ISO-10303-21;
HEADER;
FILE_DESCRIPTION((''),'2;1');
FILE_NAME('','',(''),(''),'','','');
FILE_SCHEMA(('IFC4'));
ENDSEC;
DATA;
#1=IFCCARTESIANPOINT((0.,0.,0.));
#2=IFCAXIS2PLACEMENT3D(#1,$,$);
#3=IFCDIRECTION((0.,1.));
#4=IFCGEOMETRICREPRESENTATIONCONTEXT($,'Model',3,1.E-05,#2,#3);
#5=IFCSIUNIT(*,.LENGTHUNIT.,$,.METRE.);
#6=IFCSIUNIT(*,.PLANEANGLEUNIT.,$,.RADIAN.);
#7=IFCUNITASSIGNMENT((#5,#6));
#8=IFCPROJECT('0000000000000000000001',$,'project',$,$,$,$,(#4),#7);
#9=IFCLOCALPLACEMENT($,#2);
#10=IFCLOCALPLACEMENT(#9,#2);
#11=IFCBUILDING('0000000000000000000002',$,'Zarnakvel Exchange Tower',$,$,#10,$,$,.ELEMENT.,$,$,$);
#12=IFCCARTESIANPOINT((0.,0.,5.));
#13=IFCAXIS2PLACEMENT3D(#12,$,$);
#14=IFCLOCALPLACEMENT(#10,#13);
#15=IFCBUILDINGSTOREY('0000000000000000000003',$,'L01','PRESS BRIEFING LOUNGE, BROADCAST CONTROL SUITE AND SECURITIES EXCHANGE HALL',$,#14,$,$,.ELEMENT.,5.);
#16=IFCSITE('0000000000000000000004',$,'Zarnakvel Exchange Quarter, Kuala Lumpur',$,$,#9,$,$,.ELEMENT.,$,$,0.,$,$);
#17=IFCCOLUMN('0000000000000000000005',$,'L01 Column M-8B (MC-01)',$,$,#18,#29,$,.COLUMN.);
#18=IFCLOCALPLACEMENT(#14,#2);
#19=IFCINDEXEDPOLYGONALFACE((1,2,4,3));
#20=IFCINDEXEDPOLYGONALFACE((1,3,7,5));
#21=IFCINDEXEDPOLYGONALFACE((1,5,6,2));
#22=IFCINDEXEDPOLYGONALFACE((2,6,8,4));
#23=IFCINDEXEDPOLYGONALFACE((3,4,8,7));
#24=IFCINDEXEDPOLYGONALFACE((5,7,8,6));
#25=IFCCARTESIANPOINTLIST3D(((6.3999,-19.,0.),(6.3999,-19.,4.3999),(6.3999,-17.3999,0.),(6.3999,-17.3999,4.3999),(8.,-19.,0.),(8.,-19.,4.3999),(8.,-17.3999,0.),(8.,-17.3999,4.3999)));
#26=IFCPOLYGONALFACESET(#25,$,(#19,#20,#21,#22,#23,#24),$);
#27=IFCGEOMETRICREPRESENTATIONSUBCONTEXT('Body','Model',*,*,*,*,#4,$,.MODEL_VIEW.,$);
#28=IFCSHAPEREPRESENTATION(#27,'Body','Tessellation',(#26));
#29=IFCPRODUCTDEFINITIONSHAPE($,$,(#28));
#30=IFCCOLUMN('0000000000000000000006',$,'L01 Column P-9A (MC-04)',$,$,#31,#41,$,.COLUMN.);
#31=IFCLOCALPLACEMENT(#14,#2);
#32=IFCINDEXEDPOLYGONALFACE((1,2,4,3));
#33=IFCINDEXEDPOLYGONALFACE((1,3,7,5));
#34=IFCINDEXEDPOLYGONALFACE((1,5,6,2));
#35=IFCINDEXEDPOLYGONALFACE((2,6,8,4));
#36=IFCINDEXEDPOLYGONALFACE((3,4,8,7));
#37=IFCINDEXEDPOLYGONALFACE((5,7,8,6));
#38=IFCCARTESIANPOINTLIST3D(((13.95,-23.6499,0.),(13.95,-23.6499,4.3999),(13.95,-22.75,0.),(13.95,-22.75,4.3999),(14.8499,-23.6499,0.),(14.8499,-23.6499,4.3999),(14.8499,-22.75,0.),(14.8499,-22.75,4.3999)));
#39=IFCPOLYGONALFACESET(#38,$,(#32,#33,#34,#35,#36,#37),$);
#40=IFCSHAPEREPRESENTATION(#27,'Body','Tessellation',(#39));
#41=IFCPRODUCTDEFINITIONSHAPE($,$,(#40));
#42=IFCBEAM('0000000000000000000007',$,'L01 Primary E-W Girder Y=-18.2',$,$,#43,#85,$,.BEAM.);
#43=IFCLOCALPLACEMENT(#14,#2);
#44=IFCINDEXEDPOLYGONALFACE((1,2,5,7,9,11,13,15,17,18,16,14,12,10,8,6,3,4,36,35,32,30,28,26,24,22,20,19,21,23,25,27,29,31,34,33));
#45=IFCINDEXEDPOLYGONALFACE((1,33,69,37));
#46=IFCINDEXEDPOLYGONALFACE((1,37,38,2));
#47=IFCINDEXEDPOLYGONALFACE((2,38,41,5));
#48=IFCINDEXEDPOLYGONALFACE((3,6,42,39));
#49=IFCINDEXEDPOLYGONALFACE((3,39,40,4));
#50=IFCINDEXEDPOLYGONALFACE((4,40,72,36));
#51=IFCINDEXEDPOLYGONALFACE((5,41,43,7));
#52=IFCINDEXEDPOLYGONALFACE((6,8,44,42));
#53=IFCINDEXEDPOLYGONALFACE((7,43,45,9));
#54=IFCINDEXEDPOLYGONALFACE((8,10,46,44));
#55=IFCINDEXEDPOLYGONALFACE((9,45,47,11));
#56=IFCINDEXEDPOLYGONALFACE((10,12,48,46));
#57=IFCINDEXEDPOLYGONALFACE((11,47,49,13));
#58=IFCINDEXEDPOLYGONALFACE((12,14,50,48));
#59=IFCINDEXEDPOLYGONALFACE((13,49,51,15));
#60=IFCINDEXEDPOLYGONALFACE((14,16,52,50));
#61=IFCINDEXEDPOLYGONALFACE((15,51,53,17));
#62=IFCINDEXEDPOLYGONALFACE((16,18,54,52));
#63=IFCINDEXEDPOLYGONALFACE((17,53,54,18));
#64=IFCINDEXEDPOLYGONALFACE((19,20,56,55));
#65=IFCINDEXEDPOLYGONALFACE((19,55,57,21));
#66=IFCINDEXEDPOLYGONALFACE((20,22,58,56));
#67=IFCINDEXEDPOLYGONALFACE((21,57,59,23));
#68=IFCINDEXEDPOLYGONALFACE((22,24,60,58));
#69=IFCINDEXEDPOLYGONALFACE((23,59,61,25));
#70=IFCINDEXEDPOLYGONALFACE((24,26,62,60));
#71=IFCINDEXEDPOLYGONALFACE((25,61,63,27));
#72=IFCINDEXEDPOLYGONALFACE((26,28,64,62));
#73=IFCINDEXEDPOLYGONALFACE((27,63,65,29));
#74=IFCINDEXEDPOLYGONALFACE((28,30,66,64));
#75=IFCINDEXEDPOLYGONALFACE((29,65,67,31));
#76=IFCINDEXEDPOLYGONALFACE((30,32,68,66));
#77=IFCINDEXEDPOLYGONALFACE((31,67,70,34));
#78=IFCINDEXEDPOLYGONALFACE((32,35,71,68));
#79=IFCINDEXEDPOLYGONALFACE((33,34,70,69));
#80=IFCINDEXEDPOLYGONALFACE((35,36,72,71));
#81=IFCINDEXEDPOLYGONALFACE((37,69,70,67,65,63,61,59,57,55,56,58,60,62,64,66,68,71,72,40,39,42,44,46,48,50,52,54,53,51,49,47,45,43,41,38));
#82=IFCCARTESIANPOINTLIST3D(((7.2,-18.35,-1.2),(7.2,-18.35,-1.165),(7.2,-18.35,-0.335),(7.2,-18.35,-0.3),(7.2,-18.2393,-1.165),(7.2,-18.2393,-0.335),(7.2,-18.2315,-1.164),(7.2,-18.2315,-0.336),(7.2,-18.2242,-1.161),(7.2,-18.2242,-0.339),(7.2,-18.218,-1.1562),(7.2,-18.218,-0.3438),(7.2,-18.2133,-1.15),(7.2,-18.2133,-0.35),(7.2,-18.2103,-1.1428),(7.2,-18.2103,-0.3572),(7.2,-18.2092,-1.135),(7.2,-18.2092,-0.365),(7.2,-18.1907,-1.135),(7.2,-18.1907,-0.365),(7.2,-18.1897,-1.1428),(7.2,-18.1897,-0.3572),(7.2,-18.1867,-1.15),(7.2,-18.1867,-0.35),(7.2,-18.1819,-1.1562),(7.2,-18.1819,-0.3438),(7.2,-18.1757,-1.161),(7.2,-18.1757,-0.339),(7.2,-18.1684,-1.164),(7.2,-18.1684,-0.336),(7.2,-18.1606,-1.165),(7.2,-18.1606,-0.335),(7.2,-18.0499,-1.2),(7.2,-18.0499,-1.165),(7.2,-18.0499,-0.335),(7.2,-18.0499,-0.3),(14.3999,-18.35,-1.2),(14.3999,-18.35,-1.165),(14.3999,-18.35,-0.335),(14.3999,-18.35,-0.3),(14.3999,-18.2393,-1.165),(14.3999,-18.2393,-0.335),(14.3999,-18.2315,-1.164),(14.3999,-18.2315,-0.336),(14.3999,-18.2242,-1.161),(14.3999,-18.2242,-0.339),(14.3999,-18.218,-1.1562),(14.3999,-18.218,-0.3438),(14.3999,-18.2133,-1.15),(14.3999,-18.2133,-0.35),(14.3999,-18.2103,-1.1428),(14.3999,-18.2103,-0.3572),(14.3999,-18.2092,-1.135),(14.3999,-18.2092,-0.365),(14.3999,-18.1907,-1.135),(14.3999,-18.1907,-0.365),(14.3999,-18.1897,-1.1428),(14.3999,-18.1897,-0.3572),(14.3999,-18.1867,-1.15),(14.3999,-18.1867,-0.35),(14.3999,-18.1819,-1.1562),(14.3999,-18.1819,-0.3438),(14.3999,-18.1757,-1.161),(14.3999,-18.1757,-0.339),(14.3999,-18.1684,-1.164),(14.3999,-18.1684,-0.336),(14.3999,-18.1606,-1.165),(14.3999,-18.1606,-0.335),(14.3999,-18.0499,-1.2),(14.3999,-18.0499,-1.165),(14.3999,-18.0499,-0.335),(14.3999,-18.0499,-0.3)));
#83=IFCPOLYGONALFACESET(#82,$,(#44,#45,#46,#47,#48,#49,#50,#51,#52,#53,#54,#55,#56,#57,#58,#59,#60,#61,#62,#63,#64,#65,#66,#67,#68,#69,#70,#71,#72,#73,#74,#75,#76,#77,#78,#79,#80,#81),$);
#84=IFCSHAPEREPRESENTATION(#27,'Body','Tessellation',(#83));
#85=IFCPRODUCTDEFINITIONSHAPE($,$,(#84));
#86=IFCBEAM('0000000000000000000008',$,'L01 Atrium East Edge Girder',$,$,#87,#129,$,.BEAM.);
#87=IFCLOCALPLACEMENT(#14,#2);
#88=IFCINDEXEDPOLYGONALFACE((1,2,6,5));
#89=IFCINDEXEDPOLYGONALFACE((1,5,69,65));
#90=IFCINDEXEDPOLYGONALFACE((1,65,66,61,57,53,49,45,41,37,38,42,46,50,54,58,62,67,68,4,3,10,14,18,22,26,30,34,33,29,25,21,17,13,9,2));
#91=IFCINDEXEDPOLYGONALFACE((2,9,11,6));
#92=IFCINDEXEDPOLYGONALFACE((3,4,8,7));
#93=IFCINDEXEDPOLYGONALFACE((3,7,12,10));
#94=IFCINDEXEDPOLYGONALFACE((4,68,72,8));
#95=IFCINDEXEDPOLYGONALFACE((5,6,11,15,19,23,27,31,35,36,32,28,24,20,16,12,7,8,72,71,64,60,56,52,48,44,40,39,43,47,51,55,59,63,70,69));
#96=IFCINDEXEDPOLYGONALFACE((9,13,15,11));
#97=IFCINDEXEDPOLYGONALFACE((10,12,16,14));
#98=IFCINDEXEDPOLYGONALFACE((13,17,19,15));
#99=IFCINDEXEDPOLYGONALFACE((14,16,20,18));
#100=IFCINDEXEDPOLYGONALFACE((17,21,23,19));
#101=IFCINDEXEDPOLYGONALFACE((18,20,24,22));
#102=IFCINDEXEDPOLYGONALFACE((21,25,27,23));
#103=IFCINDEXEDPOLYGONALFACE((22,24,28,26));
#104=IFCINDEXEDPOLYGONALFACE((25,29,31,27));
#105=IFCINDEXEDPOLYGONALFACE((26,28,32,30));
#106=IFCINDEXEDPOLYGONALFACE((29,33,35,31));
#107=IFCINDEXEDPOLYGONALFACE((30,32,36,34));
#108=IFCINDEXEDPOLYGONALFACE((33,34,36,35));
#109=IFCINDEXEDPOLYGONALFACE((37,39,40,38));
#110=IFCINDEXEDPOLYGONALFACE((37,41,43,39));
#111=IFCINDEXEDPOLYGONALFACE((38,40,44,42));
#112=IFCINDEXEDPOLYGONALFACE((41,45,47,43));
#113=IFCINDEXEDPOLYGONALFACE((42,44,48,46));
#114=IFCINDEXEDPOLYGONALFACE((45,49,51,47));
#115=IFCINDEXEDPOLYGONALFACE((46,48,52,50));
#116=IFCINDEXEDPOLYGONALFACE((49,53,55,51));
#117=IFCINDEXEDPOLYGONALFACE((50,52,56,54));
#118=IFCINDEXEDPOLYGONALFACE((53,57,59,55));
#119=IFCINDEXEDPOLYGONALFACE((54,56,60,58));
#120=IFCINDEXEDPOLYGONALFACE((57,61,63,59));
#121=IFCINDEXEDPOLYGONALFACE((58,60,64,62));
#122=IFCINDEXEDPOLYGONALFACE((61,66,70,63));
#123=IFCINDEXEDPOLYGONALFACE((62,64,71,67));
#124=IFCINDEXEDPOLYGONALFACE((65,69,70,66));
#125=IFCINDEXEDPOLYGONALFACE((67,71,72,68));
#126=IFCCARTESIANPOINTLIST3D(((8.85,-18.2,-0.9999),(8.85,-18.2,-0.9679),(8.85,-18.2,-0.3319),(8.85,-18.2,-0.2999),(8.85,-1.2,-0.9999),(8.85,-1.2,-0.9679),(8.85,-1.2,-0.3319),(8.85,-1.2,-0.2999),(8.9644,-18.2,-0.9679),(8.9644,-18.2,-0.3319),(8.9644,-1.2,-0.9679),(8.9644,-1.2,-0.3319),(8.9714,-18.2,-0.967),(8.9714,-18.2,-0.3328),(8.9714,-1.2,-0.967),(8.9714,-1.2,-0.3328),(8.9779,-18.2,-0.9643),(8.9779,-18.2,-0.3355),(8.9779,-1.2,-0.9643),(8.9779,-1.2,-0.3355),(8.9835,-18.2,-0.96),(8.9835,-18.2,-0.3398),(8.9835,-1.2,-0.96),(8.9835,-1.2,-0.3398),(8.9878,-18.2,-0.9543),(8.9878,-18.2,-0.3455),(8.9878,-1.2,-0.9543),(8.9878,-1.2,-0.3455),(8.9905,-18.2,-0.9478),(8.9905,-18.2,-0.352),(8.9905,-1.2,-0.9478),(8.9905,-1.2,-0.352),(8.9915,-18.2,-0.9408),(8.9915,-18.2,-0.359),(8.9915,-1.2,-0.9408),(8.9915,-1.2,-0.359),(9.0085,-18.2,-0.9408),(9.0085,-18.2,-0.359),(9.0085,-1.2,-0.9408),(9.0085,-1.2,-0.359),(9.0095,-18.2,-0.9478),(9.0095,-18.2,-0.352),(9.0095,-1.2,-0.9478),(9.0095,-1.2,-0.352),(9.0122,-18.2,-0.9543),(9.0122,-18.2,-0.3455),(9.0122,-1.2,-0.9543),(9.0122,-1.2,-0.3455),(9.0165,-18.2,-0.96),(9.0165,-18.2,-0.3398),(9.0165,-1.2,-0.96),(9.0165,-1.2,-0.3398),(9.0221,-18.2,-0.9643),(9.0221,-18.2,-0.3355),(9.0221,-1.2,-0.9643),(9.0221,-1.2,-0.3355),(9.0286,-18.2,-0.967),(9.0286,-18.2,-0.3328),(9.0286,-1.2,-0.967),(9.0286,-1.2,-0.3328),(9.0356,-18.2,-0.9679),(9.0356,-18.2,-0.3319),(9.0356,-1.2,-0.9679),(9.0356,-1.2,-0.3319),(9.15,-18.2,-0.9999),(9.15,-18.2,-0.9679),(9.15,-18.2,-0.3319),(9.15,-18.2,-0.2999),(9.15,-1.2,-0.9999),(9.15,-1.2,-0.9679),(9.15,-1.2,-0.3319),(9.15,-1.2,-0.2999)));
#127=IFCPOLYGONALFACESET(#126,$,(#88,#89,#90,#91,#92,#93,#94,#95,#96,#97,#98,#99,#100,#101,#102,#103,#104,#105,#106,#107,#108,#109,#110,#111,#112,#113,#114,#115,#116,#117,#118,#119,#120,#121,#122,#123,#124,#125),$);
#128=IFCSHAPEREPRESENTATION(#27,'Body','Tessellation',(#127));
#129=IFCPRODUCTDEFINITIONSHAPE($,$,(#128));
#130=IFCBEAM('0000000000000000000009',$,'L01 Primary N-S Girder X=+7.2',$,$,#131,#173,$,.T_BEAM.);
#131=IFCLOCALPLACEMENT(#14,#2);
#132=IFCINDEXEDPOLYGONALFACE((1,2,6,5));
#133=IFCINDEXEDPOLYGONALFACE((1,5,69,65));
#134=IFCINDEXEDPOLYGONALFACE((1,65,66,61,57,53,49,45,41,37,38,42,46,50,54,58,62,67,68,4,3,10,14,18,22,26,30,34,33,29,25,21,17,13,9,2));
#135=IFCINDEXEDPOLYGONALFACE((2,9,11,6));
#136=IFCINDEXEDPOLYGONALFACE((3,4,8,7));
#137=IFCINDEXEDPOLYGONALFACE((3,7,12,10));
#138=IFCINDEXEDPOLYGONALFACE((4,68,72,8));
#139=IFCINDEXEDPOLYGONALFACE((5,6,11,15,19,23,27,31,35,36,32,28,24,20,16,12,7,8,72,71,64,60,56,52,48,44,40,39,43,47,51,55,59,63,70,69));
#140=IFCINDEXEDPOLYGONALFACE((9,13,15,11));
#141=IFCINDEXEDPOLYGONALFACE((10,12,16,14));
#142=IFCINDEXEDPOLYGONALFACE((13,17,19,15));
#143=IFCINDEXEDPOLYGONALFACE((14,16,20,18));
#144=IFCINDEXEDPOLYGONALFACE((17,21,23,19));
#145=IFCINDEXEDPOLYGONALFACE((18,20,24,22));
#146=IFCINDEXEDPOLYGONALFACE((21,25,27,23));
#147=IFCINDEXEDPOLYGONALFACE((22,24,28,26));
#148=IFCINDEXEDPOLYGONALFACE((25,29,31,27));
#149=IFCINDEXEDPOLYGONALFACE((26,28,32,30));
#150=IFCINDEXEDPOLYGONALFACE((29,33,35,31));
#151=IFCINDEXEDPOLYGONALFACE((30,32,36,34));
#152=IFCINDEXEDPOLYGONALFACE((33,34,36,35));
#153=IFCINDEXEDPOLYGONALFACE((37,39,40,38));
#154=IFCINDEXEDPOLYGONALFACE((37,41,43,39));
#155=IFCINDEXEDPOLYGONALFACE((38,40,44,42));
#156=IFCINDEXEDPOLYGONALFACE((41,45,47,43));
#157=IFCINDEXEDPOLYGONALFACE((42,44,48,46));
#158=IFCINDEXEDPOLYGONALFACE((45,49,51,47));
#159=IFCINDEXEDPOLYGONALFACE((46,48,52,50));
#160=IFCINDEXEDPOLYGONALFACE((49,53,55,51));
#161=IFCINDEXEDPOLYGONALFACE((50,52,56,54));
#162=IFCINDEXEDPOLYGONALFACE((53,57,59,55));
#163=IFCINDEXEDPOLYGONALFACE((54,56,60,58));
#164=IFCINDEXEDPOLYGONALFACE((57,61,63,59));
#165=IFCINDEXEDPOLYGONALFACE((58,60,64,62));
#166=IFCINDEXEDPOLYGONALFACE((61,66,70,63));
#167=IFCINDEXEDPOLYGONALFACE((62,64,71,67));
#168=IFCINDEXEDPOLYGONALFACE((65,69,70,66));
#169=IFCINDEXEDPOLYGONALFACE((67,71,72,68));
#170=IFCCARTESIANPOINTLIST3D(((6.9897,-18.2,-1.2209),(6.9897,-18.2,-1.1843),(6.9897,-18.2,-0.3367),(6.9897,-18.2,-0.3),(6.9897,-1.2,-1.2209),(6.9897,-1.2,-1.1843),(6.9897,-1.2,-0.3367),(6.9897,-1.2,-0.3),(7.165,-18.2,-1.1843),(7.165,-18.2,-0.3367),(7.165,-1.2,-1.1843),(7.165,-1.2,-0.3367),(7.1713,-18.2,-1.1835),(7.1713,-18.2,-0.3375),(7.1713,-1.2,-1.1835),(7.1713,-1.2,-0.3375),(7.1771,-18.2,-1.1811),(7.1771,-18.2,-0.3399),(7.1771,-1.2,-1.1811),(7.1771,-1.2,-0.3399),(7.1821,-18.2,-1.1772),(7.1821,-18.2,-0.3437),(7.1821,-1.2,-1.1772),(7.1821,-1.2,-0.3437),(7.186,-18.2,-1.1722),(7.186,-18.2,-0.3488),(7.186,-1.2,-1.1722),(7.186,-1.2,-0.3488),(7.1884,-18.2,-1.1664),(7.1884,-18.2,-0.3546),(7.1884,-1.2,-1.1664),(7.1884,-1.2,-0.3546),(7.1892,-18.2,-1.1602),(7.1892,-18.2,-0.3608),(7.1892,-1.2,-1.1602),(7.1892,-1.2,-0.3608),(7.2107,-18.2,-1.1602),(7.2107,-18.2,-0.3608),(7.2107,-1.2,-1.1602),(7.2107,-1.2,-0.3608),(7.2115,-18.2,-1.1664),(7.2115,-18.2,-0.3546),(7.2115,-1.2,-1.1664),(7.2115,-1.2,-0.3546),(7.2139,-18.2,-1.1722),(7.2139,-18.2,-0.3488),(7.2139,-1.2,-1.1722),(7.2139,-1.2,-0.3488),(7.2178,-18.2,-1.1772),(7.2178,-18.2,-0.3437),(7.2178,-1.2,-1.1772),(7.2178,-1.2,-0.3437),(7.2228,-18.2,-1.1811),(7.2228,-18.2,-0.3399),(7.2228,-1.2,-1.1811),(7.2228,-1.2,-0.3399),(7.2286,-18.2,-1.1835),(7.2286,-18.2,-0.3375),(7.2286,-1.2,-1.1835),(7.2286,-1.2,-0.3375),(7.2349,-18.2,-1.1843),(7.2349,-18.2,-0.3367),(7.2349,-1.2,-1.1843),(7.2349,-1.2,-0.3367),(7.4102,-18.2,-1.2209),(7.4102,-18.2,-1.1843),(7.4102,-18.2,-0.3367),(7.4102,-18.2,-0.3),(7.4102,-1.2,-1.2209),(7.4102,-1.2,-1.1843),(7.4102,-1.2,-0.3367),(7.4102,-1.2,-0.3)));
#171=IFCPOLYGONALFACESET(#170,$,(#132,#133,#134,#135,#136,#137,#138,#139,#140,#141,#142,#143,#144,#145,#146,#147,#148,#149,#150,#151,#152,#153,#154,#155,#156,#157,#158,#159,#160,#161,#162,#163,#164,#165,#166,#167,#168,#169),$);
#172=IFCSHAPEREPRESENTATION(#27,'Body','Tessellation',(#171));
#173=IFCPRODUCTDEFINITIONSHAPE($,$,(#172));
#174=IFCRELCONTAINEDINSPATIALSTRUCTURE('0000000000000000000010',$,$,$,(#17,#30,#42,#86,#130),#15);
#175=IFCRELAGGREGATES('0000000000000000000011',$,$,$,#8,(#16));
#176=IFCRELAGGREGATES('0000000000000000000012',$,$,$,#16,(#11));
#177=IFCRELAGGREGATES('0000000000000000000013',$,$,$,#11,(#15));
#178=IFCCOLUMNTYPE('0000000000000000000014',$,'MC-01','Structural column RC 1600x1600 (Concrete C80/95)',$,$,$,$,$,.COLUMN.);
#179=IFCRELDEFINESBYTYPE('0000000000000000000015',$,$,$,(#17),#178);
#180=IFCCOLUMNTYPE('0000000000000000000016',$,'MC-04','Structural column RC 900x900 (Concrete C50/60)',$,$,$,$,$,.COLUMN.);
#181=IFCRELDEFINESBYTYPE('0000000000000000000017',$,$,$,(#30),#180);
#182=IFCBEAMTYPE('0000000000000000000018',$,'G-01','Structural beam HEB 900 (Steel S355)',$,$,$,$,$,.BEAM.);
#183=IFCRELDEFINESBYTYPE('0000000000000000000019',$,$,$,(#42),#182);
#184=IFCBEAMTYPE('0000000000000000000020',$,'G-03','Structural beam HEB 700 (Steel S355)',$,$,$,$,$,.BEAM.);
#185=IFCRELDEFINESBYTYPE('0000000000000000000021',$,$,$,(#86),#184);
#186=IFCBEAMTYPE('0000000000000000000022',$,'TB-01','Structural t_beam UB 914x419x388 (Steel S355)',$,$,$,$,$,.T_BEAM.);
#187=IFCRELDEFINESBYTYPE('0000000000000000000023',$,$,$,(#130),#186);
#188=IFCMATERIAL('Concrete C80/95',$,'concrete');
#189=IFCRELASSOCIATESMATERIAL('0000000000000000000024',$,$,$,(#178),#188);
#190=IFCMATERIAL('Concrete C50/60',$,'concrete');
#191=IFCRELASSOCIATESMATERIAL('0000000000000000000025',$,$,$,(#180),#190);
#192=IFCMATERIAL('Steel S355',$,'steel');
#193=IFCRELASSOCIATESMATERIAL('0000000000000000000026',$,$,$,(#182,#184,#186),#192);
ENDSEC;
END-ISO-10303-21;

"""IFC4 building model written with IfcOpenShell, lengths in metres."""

from ifc_helpers import new_model, si_unit, direction, frame, origin, origin_2d, place, context, subcontext, project, spatial, rectangle, i_section, extrude, material, material_profile, profile_set, type_object, element, save


model = new_model("IFC4")

# Units and contexts
model_context = context("Model", 3, precision=1e-05, world=origin(), true_north=direction((0.0, 1.0)))
body_context = subcontext(model_context, "Body", "Model", "MODEL_VIEW")
ifc_project = project(units=[si_unit("LENGTHUNIT", "METRE"), si_unit("PLANEANGLEUNIT", "RADIAN")], contexts=[model_context])

# Site, building, storey
site_placement = place(None, origin())
site = spatial("IfcSite", under=ifc_project, at=site_placement, Name="Zarnakvel Exchange Quarter, Kuala Lumpur", CompositionType="ELEMENT", RefElevation=0.0)
building_placement = place(site_placement, origin())
building = spatial("IfcBuilding", under=site, at=building_placement, Name="Zarnakvel Exchange Tower", CompositionType="ELEMENT")
storey_placement = place(building_placement, frame((0.0, 0.0, 5.0)))
storey = spatial("IfcBuildingStorey", under=building, at=storey_placement, Name="L01", Description="PRESS BRIEFING LOUNGE, BROADCAST CONTROL SUITE AND SECURITIES EXCHANGE HALL", CompositionType="ELEMENT", Elevation=5.0)

# Columns
ifc_material_1 = material(Name="Concrete C80/95", Category="concrete")
ifc_material_profile_1 = material_profile(ifc_material_1, rectangle(XDim=1.6001, YDim=1.6001, at=origin_2d()))
ifc_profile_set_1 = profile_set([ifc_material_profile_1], Name="Concrete C80/95")
column_type_1 = type_object("IfcColumnType", Name="MC-01", Description="Structural column RC 1600x1600 (Concrete C80/95)", PredefinedType="COLUMN", material=ifc_profile_set_1)
column_1_placement = place(storey_placement, frame((7.2, -18.2, 0.0), z_axis=(0.0, 0.0, 1.0), x_axis=(1.0, 0.0, 0.0)))
element("IfcColumn", 1, at=column_1_placement, inside=storey, type_object=column_type_1, Name="L01 Column M-8B (MC-01)", PredefinedType="COLUMN", context=body_context, shape_type="SweptSolid", body=[
    extrude(rectangle(XDim=1.6001, YDim=1.6001, at=origin_2d()), origin(), (0.0, 0.0, 1.0), 4.3999),
])
ifc_material_2 = material(Name="Concrete C50/60", Category="concrete")
ifc_material_profile_2 = material_profile(ifc_material_2, rectangle(XDim=0.8999, YDim=0.8999, at=origin_2d()))
ifc_profile_set_2 = profile_set([ifc_material_profile_2], Name="Concrete C50/60")
column_type_2 = type_object("IfcColumnType", Name="MC-04", Description="Structural column RC 900x900 (Concrete C50/60)", PredefinedType="COLUMN", material=ifc_profile_set_2)
column_2_placement = place(storey_placement, frame((14.3999, -23.2, 0.0), z_axis=(0.0, 0.0, 1.0), x_axis=(1.0, 0.0, 0.0)))
element("IfcColumn", 2, at=column_2_placement, inside=storey, type_object=column_type_2, Name="L01 Column P-9A (MC-04)", PredefinedType="COLUMN", context=body_context, shape_type="SweptSolid", body=[
    extrude(rectangle(XDim=0.8999, YDim=0.8999, at=origin_2d()), origin(), (0.0, 0.0, 1.0), 4.3999),
])

# Beams
ifc_material_3 = material(Name="Steel S355", Category="steel")
ifc_material_profile_3 = material_profile(ifc_material_3, i_section(OverallWidth=0.3, OverallDepth=0.8999, WebThickness=0.0186, FlangeThickness=0.0349, FilletRadius=0.03, at=origin_2d()))
ifc_profile_set_3 = profile_set([ifc_material_profile_3], Name="Steel S355")
beam_type_1 = type_object("IfcBeamType", Name="G-01", Description="Structural beam HEB 900 (Steel S355)", PredefinedType="BEAM", material=ifc_profile_set_3)
beam_1_placement = place(storey_placement, frame((7.2, -18.2, -0.75), z_axis=(1.0, 0.0, 0.0), x_axis=(0.0, 1.0, 0.0)))
element("IfcBeam", 3, at=beam_1_placement, inside=storey, type_object=beam_type_1, Name="L01 Primary E-W Girder Y=-18.2", PredefinedType="BEAM", context=body_context, shape_type="SweptSolid", body=[
    extrude(i_section(OverallWidth=0.3, OverallDepth=0.8999, WebThickness=0.0186, FlangeThickness=0.0349, FilletRadius=0.03, at=origin_2d()), origin(), (0.0, 0.0, 1.0), 7.2),
])
ifc_material_profile_4 = material_profile(ifc_material_3, i_section(OverallWidth=0.3, OverallDepth=0.7, WebThickness=0.0171, FlangeThickness=0.032, FilletRadius=0.0271, at=origin_2d()))
ifc_profile_set_4 = profile_set([ifc_material_profile_4], Name="Steel S355")
beam_type_2 = type_object("IfcBeamType", Name="G-03", Description="Structural beam HEB 700 (Steel S355)", PredefinedType="BEAM", material=ifc_profile_set_4)
beam_2_placement = place(storey_placement, frame((9.0, -18.2, -0.6499), z_axis=(0.0, 1.0, 0.0), x_axis=(-1.0, 0.0, 0.0)))
element("IfcBeam", 4, at=beam_2_placement, inside=storey, type_object=beam_type_2, Name="L01 Atrium East Edge Girder", PredefinedType="BEAM", context=body_context, shape_type="SweptSolid", body=[
    extrude(i_section(OverallWidth=0.3, OverallDepth=0.7, WebThickness=0.0171, FlangeThickness=0.032, FilletRadius=0.0271, at=origin_2d()), origin(), (0.0, 0.0, 1.0), 17.0),
])
ifc_material_profile_5 = material_profile(ifc_material_3, i_section(OverallWidth=0.4204, OverallDepth=0.9209, WebThickness=0.0215, FlangeThickness=0.0366, FilletRadius=0.0242, at=origin_2d()))
ifc_profile_set_5 = profile_set([ifc_material_profile_5], Name="Steel S355")
beam_type_3 = type_object("IfcBeamType", Name="TB-01", Description="Structural t_beam UB 914x419x388 (Steel S355)", PredefinedType="T_BEAM", material=ifc_profile_set_5)
beam_3_placement = place(storey_placement, frame((7.2, -18.2, -0.7605), z_axis=(0.0, 1.0, 0.0), x_axis=(-1.0, 0.0, 0.0)))
element("IfcBeam", 5, at=beam_3_placement, inside=storey, type_object=beam_type_3, Name="L01 Primary N-S Girder X=+7.2", PredefinedType="T_BEAM", context=body_context, shape_type="SweptSolid", body=[
    extrude(i_section(OverallWidth=0.4204, OverallDepth=0.9209, WebThickness=0.0215, FlangeThickness=0.0366, FilletRadius=0.0242, at=origin_2d()), origin(), (0.0, 0.0, 1.0), 17.0),
])

save(model, "model.ifc")
